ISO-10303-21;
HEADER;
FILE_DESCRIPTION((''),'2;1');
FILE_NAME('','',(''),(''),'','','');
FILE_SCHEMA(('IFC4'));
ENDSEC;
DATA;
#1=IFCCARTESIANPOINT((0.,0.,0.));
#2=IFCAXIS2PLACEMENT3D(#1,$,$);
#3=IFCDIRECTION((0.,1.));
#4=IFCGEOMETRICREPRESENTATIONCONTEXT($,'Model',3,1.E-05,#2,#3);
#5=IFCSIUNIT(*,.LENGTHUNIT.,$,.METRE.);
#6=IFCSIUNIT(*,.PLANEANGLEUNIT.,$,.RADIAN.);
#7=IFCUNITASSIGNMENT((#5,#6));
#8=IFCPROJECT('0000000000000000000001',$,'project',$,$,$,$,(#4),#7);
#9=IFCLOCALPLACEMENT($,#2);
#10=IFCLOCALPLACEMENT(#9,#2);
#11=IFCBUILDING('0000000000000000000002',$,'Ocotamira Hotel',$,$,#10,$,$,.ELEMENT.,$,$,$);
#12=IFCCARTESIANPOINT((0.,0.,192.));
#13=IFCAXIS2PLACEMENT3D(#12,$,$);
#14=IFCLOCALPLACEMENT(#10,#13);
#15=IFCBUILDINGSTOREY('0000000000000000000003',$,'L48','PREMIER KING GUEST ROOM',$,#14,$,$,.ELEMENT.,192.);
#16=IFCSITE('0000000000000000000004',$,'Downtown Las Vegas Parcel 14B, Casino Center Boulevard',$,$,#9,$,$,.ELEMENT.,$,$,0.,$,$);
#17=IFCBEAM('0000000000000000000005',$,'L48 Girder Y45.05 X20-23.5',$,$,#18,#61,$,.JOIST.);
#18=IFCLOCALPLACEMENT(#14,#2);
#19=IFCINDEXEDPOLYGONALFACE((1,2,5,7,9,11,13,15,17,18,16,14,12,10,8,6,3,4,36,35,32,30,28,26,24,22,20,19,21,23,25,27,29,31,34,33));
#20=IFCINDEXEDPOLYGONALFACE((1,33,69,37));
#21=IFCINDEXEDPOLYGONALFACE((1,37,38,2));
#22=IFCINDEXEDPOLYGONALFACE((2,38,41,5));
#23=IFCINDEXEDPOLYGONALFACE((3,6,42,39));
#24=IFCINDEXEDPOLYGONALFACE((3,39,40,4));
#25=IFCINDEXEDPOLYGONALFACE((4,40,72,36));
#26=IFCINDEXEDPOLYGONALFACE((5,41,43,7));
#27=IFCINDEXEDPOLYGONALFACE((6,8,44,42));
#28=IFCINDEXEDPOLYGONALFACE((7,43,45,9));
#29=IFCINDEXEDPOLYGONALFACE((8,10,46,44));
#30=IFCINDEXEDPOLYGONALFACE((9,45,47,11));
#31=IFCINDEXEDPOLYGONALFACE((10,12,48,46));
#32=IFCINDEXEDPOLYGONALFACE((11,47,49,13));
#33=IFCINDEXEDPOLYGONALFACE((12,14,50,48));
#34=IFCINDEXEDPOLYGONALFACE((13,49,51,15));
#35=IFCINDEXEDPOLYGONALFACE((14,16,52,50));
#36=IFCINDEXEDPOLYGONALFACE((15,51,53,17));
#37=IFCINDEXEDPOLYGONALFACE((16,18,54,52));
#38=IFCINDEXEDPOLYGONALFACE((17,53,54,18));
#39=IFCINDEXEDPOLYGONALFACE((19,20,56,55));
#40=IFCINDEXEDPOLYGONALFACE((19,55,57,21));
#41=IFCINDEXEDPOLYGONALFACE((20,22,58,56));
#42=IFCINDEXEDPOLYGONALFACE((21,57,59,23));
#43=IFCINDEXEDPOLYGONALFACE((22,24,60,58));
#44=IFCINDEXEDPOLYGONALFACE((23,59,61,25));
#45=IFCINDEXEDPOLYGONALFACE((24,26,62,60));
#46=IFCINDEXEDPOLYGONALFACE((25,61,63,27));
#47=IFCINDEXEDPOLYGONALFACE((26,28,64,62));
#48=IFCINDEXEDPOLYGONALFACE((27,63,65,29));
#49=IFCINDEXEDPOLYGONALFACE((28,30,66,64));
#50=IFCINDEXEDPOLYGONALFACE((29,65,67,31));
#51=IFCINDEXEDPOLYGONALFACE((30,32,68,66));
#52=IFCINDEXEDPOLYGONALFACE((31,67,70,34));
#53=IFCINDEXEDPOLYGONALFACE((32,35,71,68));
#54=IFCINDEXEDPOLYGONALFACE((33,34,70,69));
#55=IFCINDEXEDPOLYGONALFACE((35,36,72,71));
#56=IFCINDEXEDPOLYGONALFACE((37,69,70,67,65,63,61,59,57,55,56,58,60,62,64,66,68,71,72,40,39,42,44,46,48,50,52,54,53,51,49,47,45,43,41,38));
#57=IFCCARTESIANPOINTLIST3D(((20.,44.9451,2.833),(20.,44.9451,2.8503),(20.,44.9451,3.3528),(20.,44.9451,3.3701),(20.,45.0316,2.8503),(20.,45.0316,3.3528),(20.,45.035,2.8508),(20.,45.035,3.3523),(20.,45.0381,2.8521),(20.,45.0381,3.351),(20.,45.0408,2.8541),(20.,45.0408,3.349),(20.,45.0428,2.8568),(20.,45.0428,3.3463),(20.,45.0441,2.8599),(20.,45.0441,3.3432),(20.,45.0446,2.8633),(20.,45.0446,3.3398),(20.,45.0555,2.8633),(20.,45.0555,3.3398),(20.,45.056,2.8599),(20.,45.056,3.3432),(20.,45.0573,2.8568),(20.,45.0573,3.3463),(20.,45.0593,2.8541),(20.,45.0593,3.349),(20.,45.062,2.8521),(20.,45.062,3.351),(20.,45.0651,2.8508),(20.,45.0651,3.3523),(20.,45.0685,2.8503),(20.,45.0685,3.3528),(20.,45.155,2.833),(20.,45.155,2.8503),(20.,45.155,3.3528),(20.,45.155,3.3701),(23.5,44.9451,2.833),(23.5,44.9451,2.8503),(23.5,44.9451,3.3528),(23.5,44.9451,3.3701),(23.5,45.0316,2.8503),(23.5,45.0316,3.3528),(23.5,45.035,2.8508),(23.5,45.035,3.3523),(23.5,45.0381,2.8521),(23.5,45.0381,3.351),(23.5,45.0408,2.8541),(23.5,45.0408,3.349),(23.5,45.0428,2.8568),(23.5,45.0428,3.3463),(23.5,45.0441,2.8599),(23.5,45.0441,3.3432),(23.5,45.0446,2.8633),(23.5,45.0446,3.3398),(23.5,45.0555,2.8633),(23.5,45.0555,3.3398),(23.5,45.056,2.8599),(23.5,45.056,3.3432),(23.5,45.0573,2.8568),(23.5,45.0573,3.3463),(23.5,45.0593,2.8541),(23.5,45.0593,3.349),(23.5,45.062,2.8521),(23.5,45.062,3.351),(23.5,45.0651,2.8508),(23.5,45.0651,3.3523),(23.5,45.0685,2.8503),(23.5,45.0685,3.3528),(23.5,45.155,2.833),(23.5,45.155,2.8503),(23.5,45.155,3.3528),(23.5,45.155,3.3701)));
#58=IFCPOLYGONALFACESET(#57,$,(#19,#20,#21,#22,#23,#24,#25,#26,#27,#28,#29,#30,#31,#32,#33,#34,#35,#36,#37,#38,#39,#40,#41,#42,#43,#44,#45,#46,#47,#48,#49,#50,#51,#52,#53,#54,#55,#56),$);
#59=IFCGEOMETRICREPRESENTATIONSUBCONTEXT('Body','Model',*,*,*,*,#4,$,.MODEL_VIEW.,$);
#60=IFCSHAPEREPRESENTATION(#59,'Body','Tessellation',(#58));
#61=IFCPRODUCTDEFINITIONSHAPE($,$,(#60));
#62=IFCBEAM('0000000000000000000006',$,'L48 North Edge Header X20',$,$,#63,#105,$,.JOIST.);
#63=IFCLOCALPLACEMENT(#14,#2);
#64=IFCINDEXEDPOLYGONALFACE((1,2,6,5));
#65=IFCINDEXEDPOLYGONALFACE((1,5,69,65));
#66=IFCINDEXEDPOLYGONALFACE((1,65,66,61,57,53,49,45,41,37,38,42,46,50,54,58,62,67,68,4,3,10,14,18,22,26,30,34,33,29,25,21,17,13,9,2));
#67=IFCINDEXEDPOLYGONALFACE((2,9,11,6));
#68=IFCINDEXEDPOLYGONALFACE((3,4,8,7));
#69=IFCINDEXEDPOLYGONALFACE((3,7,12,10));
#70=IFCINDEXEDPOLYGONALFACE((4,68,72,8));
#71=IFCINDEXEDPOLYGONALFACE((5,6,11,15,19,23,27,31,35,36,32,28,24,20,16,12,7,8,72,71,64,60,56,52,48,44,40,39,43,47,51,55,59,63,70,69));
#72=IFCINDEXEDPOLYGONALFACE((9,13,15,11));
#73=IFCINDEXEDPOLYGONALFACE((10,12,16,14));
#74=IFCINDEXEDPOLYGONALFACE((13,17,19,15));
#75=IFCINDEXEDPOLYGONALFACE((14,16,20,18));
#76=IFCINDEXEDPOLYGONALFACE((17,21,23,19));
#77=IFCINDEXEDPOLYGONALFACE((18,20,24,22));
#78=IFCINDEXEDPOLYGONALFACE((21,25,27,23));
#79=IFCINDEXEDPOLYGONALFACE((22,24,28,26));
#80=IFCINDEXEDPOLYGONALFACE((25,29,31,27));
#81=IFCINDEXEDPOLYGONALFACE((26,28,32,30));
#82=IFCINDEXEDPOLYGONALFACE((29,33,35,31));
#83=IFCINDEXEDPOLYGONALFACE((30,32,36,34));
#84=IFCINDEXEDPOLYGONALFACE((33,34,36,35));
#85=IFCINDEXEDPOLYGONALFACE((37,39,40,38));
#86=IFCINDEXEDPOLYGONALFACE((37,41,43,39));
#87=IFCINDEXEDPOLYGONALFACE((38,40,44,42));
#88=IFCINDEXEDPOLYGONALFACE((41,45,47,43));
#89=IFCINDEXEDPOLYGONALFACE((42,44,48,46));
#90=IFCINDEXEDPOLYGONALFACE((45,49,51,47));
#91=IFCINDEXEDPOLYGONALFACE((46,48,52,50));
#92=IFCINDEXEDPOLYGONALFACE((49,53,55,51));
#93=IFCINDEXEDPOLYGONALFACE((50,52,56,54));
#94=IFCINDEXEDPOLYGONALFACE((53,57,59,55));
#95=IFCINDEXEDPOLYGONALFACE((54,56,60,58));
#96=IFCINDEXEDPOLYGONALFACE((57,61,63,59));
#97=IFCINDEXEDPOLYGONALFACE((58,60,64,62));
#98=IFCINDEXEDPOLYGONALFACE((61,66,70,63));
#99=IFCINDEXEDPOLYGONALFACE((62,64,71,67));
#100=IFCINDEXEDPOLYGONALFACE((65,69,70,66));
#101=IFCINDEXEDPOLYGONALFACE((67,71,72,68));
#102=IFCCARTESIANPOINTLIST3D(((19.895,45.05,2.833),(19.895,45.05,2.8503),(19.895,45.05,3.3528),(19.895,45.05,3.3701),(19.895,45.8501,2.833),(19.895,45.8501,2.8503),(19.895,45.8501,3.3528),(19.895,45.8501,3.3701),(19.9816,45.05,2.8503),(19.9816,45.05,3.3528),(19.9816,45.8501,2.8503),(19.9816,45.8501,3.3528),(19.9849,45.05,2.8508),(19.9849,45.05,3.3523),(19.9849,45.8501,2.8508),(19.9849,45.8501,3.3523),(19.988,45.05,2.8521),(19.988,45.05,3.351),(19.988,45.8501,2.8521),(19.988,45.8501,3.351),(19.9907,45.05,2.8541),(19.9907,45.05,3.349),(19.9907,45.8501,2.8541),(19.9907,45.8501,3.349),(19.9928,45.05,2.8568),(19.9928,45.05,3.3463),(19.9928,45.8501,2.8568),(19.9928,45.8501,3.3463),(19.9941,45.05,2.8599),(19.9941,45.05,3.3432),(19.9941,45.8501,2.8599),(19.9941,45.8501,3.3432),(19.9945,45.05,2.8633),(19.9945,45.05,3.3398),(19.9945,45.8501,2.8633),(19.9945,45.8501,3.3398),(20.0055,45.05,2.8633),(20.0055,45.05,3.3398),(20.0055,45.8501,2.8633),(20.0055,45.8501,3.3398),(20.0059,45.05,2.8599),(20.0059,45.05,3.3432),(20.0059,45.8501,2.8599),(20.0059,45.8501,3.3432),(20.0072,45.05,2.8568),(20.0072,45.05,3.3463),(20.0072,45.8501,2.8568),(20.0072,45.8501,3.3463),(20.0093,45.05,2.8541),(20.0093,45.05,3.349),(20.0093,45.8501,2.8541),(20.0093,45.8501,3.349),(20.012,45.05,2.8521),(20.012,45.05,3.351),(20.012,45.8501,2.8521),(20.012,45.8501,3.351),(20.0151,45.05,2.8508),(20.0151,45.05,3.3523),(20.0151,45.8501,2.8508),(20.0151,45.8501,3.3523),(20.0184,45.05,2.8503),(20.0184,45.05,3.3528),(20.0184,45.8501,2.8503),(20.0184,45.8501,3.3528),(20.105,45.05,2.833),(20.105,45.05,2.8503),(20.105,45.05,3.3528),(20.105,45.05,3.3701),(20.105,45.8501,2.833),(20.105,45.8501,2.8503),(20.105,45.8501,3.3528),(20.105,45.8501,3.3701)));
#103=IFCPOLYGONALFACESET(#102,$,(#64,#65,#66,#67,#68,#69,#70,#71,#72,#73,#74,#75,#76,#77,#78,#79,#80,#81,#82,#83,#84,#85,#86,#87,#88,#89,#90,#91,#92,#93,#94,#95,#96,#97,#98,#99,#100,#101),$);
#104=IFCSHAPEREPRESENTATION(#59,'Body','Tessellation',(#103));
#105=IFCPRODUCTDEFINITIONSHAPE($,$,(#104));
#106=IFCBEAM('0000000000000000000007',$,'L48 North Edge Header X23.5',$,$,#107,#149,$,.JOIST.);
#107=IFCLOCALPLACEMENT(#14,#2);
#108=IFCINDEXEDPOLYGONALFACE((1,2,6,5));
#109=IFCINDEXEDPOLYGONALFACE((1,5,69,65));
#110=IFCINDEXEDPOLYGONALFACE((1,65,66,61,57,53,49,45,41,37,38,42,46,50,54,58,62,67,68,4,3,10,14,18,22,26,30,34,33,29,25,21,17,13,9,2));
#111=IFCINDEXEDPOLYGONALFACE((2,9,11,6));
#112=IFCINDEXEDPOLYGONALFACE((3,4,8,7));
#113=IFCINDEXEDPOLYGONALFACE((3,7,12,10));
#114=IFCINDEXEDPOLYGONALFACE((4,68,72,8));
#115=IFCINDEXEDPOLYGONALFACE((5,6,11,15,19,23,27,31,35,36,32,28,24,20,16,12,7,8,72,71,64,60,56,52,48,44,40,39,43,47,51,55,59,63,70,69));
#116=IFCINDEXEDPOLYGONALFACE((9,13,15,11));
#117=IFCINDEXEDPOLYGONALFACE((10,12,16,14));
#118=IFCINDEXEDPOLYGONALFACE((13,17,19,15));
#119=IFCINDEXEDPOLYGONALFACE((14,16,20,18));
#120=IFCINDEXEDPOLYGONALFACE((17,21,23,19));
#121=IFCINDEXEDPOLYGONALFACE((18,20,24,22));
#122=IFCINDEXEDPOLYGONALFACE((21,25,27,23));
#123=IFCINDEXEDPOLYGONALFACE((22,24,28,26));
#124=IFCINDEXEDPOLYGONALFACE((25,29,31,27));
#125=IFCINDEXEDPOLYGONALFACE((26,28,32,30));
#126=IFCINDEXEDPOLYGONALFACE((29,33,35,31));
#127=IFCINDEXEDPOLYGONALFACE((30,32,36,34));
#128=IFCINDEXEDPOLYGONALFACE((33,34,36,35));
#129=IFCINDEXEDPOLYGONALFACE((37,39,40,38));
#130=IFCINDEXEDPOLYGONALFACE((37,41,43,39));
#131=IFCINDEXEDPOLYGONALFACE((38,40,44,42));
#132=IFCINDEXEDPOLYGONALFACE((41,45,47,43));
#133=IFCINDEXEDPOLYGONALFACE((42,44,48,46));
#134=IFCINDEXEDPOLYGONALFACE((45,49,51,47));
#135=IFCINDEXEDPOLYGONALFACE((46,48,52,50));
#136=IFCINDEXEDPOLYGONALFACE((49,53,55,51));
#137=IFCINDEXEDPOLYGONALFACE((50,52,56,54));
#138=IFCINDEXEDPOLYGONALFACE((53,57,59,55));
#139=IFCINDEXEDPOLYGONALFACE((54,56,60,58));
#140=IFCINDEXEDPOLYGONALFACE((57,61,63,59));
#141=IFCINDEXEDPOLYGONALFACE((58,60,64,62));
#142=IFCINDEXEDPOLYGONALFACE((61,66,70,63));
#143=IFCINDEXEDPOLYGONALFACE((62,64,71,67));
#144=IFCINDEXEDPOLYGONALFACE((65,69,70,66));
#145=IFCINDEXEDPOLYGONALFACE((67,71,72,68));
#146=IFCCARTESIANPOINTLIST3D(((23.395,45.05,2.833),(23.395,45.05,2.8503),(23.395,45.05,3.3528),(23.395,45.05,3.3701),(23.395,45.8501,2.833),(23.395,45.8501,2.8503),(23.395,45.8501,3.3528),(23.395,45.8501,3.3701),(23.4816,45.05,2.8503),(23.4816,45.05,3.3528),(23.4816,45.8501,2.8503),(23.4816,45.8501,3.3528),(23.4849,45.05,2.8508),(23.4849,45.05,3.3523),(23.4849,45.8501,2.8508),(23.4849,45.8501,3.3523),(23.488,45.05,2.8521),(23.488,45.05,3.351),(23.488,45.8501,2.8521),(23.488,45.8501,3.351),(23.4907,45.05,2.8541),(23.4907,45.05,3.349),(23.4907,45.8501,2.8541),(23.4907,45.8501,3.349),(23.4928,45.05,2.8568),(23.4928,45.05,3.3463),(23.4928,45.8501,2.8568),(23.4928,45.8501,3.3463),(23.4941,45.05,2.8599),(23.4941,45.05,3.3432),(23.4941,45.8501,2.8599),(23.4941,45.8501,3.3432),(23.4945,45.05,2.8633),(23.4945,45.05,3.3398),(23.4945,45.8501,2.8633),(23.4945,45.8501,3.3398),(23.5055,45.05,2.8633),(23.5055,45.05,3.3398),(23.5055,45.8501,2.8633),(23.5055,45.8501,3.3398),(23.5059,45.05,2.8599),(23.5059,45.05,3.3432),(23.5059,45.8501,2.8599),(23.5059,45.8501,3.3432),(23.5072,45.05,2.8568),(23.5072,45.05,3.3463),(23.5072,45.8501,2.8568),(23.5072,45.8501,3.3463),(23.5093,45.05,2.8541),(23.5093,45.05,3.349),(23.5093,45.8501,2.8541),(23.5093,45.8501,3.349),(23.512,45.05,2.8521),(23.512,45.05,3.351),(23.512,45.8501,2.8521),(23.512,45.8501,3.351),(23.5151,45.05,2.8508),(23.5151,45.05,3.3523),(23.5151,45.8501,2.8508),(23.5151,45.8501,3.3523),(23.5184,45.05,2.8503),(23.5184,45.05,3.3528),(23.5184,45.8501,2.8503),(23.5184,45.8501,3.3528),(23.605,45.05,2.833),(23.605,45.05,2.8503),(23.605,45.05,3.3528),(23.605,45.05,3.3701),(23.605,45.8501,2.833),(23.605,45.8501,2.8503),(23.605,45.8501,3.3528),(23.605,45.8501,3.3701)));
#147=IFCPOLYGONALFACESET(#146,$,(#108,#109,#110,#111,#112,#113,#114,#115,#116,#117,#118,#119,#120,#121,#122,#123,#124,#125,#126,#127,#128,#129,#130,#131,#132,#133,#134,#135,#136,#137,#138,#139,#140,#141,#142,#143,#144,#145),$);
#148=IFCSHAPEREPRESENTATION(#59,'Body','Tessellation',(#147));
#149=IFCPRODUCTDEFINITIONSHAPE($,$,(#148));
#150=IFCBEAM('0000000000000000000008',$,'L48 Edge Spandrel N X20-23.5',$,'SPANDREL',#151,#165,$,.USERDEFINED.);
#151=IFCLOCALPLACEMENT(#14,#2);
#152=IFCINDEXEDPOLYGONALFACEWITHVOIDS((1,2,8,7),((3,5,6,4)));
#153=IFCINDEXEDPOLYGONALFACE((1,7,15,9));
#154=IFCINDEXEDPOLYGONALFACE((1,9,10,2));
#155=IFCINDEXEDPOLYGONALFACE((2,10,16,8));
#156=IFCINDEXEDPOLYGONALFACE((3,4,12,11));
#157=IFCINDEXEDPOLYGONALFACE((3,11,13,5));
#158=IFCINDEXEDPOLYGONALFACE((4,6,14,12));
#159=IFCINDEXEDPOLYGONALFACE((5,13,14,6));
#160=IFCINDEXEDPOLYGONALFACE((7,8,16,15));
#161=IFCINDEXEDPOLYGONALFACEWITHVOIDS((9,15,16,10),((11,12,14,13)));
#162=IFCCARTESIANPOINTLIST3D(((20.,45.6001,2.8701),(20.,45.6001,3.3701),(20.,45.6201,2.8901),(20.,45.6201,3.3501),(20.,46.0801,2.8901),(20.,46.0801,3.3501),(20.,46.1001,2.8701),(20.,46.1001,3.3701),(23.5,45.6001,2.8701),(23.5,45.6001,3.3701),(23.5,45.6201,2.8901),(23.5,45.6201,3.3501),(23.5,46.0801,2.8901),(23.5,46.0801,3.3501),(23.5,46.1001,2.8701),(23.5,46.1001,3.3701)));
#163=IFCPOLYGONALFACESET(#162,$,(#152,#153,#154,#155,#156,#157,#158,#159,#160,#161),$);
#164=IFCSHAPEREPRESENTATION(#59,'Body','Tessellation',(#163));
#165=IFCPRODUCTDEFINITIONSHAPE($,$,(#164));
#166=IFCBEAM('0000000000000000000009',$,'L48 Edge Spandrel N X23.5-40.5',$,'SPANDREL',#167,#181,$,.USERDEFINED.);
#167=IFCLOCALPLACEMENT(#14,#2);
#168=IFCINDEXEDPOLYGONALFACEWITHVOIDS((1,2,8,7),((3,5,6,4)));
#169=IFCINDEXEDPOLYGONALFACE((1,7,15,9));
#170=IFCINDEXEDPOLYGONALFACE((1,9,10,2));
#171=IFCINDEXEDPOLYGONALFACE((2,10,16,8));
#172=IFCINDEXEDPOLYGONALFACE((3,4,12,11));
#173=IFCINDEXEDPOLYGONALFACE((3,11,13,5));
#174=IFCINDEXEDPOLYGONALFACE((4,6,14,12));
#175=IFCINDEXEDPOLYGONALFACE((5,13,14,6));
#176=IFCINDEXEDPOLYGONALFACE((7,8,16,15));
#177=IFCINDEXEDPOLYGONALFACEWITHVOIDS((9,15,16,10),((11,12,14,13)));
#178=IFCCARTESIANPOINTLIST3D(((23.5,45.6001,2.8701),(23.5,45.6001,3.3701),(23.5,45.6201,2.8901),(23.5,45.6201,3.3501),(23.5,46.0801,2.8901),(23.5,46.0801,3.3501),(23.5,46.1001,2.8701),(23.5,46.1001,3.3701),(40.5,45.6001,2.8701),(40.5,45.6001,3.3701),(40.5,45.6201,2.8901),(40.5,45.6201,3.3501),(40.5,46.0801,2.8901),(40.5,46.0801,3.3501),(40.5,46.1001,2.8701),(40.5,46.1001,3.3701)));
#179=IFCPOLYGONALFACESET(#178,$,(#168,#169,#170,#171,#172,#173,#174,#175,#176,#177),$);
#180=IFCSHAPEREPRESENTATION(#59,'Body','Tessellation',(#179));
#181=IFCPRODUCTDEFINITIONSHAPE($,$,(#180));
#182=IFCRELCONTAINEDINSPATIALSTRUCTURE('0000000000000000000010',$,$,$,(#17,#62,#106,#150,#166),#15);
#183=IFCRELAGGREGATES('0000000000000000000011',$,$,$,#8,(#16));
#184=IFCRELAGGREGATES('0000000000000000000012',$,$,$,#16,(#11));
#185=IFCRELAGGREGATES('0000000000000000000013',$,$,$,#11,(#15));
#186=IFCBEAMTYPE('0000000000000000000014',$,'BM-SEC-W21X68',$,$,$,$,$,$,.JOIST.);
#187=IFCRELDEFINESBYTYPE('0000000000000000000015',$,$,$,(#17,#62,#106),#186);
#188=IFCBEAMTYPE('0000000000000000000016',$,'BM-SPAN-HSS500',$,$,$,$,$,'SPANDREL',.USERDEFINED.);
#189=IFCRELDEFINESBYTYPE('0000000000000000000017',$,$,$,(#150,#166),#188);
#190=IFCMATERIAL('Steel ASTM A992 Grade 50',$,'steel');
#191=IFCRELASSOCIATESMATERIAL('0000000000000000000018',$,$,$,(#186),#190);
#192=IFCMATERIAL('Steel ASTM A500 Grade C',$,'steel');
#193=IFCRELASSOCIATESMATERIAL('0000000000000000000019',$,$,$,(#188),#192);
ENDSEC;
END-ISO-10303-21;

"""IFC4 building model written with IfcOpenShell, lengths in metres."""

from ifc_helpers import new_model, si_unit, direction, frame, origin, origin_2d, place, context, subcontext, project, spatial, hollow_rectangle, i_section, extrude, source, transform, mapped, material, material_profile, profile_set, type_object, element, save


model = new_model("IFC4")

# Units and contexts
model_context = context("Model", 3, precision=1e-05, world=origin(), true_north=direction((0.0, 1.0)))
body_context = subcontext(model_context, "Body", "Model", "MODEL_VIEW")
ifc_project = project(units=[si_unit("LENGTHUNIT", "METRE"), si_unit("PLANEANGLEUNIT", "RADIAN")], contexts=[model_context])

# Site, building, storey
site_placement = place(None, origin())
site = spatial("IfcSite", under=ifc_project, at=site_placement, Name="Downtown Las Vegas Parcel 14B, Casino Center Boulevard", CompositionType="ELEMENT", RefElevation=0.0)
building_placement = place(site_placement, origin())
building = spatial("IfcBuilding", under=site, at=building_placement, Name="Ocotamira Hotel", CompositionType="ELEMENT")
storey_placement = place(building_placement, frame((0.0, 0.0, 192.0)))
storey = spatial("IfcBuildingStorey", under=building, at=storey_placement, Name="L48", Description="PREMIER KING GUEST ROOM", CompositionType="ELEMENT", Elevation=192.0)

# Beams
ifc_material_1 = material(Name="Steel ASTM A992 Grade 50", Category="steel")
ifc_material_profile_1 = material_profile(ifc_material_1, i_section(OverallWidth=0.21, OverallDepth=0.5371, WebThickness=0.011, FlangeThickness=0.0173, FilletRadius=0.0129, at=origin_2d()), Name="W21X68")
ifc_profile_set_1 = profile_set([ifc_material_profile_1], Name="Steel ASTM A992 Grade 50")
beam_type_1 = type_object("IfcBeamType", Name="BM-SEC-W21X68", PredefinedType="JOIST", material=ifc_profile_set_1)
shared_shape_1 = source(origin(), body_context, "Body", "SweptSolid", [
    extrude(i_section(OverallWidth=0.21, OverallDepth=0.5371, WebThickness=0.011, FlangeThickness=0.0173, FilletRadius=0.0129, at=origin_2d()), origin(), (0.0, 0.0, 1.0), 3.5),
])
beam_1_placement = place(storey_placement, frame((20.0, 45.05, 3.1016), z_axis=(1.0, 0.0, 0.0), x_axis=(0.0, 1.0, 0.0)))
element("IfcBeam", 1, at=beam_1_placement, inside=storey, type_object=beam_type_1, Name="L48 Girder Y45.05 X20-23.5", PredefinedType="JOIST", context=body_context, shape_type="MappedRepresentation", body=[
    mapped(shared_shape_1, transform((0.0, 0.0, 0.0), scale=1.0)),
])
shared_shape_2 = source(origin(), body_context, "Body", "SweptSolid", [
    extrude(i_section(OverallWidth=0.21, OverallDepth=0.5371, WebThickness=0.011, FlangeThickness=0.0173, FilletRadius=0.0129, at=origin_2d()), origin(), (0.0, 0.0, 1.0), 0.8),
])
for number, where, z_axis, x_axis, name in (
    (2, (20.0, 45.05, 3.1016), (0.0, 1.0, 0.0), (-1.0, 0.0, 0.0), "L48 North Edge Header X20"),
    (3, (23.5, 45.05, 3.1016), (0.0, 1.0, 0.0), (-1.0, 0.0, 0.0), "L48 North Edge Header X23.5"),
):
    element("IfcBeam", number, at=place(storey_placement, frame(where, z_axis=z_axis, x_axis=x_axis)), inside=storey, type_object=beam_type_1, Name=name, PredefinedType="JOIST", context=body_context, shape_type="MappedRepresentation", body=[
        mapped(shared_shape_2, transform((0.0, 0.0, 0.0), scale=1.0)),
    ])
ifc_material_2 = material(Name="Steel ASTM A500 Grade C", Category="steel")
ifc_material_profile_2 = material_profile(ifc_material_2, hollow_rectangle(XDim=0.5, YDim=0.5, WallThickness=0.02, at=origin_2d()), Name="HSS500X500X20")
ifc_profile_set_2 = profile_set([ifc_material_profile_2], Name="Steel ASTM A500 Grade C")
beam_type_2 = type_object("IfcBeamType", Name="BM-SPAN-HSS500", ElementType="SPANDREL", PredefinedType="USERDEFINED", material=ifc_profile_set_2)
shared_shape_3 = source(origin(), body_context, "Body", "SweptSolid", [
    extrude(hollow_rectangle(XDim=0.5, YDim=0.5, WallThickness=0.02, at=origin_2d()), origin(), (0.0, 0.0, 1.0), 3.5),
])
beam_2_placement = place(storey_placement, frame((20.0, 45.8501, 3.1201), z_axis=(1.0, 0.0, 0.0), x_axis=(0.0, 1.0, 0.0)))
element("IfcBeam", 4, at=beam_2_placement, inside=storey, type_object=beam_type_2, Name="L48 Edge Spandrel N X20-23.5", ObjectType="SPANDREL", PredefinedType="USERDEFINED", context=body_context, shape_type="MappedRepresentation", body=[
    mapped(shared_shape_3, transform((0.0, 0.0, 0.0), scale=1.0)),
])
shared_shape_4 = source(origin(), body_context, "Body", "SweptSolid", [
    extrude(hollow_rectangle(XDim=0.5, YDim=0.5, WallThickness=0.02, at=origin_2d()), origin(), (0.0, 0.0, 1.0), 17.0),
])
beam_3_placement = place(storey_placement, frame((23.5, 45.8501, 3.1201), z_axis=(1.0, 0.0, 0.0), x_axis=(0.0, 1.0, 0.0)))
element("IfcBeam", 5, at=beam_3_placement, inside=storey, type_object=beam_type_2, Name="L48 Edge Spandrel N X23.5-40.5", ObjectType="SPANDREL", PredefinedType="USERDEFINED", context=body_context, shape_type="MappedRepresentation", body=[
    mapped(shared_shape_4, transform((0.0, 0.0, 0.0), scale=1.0)),
])

save(model, "model.ifc")
